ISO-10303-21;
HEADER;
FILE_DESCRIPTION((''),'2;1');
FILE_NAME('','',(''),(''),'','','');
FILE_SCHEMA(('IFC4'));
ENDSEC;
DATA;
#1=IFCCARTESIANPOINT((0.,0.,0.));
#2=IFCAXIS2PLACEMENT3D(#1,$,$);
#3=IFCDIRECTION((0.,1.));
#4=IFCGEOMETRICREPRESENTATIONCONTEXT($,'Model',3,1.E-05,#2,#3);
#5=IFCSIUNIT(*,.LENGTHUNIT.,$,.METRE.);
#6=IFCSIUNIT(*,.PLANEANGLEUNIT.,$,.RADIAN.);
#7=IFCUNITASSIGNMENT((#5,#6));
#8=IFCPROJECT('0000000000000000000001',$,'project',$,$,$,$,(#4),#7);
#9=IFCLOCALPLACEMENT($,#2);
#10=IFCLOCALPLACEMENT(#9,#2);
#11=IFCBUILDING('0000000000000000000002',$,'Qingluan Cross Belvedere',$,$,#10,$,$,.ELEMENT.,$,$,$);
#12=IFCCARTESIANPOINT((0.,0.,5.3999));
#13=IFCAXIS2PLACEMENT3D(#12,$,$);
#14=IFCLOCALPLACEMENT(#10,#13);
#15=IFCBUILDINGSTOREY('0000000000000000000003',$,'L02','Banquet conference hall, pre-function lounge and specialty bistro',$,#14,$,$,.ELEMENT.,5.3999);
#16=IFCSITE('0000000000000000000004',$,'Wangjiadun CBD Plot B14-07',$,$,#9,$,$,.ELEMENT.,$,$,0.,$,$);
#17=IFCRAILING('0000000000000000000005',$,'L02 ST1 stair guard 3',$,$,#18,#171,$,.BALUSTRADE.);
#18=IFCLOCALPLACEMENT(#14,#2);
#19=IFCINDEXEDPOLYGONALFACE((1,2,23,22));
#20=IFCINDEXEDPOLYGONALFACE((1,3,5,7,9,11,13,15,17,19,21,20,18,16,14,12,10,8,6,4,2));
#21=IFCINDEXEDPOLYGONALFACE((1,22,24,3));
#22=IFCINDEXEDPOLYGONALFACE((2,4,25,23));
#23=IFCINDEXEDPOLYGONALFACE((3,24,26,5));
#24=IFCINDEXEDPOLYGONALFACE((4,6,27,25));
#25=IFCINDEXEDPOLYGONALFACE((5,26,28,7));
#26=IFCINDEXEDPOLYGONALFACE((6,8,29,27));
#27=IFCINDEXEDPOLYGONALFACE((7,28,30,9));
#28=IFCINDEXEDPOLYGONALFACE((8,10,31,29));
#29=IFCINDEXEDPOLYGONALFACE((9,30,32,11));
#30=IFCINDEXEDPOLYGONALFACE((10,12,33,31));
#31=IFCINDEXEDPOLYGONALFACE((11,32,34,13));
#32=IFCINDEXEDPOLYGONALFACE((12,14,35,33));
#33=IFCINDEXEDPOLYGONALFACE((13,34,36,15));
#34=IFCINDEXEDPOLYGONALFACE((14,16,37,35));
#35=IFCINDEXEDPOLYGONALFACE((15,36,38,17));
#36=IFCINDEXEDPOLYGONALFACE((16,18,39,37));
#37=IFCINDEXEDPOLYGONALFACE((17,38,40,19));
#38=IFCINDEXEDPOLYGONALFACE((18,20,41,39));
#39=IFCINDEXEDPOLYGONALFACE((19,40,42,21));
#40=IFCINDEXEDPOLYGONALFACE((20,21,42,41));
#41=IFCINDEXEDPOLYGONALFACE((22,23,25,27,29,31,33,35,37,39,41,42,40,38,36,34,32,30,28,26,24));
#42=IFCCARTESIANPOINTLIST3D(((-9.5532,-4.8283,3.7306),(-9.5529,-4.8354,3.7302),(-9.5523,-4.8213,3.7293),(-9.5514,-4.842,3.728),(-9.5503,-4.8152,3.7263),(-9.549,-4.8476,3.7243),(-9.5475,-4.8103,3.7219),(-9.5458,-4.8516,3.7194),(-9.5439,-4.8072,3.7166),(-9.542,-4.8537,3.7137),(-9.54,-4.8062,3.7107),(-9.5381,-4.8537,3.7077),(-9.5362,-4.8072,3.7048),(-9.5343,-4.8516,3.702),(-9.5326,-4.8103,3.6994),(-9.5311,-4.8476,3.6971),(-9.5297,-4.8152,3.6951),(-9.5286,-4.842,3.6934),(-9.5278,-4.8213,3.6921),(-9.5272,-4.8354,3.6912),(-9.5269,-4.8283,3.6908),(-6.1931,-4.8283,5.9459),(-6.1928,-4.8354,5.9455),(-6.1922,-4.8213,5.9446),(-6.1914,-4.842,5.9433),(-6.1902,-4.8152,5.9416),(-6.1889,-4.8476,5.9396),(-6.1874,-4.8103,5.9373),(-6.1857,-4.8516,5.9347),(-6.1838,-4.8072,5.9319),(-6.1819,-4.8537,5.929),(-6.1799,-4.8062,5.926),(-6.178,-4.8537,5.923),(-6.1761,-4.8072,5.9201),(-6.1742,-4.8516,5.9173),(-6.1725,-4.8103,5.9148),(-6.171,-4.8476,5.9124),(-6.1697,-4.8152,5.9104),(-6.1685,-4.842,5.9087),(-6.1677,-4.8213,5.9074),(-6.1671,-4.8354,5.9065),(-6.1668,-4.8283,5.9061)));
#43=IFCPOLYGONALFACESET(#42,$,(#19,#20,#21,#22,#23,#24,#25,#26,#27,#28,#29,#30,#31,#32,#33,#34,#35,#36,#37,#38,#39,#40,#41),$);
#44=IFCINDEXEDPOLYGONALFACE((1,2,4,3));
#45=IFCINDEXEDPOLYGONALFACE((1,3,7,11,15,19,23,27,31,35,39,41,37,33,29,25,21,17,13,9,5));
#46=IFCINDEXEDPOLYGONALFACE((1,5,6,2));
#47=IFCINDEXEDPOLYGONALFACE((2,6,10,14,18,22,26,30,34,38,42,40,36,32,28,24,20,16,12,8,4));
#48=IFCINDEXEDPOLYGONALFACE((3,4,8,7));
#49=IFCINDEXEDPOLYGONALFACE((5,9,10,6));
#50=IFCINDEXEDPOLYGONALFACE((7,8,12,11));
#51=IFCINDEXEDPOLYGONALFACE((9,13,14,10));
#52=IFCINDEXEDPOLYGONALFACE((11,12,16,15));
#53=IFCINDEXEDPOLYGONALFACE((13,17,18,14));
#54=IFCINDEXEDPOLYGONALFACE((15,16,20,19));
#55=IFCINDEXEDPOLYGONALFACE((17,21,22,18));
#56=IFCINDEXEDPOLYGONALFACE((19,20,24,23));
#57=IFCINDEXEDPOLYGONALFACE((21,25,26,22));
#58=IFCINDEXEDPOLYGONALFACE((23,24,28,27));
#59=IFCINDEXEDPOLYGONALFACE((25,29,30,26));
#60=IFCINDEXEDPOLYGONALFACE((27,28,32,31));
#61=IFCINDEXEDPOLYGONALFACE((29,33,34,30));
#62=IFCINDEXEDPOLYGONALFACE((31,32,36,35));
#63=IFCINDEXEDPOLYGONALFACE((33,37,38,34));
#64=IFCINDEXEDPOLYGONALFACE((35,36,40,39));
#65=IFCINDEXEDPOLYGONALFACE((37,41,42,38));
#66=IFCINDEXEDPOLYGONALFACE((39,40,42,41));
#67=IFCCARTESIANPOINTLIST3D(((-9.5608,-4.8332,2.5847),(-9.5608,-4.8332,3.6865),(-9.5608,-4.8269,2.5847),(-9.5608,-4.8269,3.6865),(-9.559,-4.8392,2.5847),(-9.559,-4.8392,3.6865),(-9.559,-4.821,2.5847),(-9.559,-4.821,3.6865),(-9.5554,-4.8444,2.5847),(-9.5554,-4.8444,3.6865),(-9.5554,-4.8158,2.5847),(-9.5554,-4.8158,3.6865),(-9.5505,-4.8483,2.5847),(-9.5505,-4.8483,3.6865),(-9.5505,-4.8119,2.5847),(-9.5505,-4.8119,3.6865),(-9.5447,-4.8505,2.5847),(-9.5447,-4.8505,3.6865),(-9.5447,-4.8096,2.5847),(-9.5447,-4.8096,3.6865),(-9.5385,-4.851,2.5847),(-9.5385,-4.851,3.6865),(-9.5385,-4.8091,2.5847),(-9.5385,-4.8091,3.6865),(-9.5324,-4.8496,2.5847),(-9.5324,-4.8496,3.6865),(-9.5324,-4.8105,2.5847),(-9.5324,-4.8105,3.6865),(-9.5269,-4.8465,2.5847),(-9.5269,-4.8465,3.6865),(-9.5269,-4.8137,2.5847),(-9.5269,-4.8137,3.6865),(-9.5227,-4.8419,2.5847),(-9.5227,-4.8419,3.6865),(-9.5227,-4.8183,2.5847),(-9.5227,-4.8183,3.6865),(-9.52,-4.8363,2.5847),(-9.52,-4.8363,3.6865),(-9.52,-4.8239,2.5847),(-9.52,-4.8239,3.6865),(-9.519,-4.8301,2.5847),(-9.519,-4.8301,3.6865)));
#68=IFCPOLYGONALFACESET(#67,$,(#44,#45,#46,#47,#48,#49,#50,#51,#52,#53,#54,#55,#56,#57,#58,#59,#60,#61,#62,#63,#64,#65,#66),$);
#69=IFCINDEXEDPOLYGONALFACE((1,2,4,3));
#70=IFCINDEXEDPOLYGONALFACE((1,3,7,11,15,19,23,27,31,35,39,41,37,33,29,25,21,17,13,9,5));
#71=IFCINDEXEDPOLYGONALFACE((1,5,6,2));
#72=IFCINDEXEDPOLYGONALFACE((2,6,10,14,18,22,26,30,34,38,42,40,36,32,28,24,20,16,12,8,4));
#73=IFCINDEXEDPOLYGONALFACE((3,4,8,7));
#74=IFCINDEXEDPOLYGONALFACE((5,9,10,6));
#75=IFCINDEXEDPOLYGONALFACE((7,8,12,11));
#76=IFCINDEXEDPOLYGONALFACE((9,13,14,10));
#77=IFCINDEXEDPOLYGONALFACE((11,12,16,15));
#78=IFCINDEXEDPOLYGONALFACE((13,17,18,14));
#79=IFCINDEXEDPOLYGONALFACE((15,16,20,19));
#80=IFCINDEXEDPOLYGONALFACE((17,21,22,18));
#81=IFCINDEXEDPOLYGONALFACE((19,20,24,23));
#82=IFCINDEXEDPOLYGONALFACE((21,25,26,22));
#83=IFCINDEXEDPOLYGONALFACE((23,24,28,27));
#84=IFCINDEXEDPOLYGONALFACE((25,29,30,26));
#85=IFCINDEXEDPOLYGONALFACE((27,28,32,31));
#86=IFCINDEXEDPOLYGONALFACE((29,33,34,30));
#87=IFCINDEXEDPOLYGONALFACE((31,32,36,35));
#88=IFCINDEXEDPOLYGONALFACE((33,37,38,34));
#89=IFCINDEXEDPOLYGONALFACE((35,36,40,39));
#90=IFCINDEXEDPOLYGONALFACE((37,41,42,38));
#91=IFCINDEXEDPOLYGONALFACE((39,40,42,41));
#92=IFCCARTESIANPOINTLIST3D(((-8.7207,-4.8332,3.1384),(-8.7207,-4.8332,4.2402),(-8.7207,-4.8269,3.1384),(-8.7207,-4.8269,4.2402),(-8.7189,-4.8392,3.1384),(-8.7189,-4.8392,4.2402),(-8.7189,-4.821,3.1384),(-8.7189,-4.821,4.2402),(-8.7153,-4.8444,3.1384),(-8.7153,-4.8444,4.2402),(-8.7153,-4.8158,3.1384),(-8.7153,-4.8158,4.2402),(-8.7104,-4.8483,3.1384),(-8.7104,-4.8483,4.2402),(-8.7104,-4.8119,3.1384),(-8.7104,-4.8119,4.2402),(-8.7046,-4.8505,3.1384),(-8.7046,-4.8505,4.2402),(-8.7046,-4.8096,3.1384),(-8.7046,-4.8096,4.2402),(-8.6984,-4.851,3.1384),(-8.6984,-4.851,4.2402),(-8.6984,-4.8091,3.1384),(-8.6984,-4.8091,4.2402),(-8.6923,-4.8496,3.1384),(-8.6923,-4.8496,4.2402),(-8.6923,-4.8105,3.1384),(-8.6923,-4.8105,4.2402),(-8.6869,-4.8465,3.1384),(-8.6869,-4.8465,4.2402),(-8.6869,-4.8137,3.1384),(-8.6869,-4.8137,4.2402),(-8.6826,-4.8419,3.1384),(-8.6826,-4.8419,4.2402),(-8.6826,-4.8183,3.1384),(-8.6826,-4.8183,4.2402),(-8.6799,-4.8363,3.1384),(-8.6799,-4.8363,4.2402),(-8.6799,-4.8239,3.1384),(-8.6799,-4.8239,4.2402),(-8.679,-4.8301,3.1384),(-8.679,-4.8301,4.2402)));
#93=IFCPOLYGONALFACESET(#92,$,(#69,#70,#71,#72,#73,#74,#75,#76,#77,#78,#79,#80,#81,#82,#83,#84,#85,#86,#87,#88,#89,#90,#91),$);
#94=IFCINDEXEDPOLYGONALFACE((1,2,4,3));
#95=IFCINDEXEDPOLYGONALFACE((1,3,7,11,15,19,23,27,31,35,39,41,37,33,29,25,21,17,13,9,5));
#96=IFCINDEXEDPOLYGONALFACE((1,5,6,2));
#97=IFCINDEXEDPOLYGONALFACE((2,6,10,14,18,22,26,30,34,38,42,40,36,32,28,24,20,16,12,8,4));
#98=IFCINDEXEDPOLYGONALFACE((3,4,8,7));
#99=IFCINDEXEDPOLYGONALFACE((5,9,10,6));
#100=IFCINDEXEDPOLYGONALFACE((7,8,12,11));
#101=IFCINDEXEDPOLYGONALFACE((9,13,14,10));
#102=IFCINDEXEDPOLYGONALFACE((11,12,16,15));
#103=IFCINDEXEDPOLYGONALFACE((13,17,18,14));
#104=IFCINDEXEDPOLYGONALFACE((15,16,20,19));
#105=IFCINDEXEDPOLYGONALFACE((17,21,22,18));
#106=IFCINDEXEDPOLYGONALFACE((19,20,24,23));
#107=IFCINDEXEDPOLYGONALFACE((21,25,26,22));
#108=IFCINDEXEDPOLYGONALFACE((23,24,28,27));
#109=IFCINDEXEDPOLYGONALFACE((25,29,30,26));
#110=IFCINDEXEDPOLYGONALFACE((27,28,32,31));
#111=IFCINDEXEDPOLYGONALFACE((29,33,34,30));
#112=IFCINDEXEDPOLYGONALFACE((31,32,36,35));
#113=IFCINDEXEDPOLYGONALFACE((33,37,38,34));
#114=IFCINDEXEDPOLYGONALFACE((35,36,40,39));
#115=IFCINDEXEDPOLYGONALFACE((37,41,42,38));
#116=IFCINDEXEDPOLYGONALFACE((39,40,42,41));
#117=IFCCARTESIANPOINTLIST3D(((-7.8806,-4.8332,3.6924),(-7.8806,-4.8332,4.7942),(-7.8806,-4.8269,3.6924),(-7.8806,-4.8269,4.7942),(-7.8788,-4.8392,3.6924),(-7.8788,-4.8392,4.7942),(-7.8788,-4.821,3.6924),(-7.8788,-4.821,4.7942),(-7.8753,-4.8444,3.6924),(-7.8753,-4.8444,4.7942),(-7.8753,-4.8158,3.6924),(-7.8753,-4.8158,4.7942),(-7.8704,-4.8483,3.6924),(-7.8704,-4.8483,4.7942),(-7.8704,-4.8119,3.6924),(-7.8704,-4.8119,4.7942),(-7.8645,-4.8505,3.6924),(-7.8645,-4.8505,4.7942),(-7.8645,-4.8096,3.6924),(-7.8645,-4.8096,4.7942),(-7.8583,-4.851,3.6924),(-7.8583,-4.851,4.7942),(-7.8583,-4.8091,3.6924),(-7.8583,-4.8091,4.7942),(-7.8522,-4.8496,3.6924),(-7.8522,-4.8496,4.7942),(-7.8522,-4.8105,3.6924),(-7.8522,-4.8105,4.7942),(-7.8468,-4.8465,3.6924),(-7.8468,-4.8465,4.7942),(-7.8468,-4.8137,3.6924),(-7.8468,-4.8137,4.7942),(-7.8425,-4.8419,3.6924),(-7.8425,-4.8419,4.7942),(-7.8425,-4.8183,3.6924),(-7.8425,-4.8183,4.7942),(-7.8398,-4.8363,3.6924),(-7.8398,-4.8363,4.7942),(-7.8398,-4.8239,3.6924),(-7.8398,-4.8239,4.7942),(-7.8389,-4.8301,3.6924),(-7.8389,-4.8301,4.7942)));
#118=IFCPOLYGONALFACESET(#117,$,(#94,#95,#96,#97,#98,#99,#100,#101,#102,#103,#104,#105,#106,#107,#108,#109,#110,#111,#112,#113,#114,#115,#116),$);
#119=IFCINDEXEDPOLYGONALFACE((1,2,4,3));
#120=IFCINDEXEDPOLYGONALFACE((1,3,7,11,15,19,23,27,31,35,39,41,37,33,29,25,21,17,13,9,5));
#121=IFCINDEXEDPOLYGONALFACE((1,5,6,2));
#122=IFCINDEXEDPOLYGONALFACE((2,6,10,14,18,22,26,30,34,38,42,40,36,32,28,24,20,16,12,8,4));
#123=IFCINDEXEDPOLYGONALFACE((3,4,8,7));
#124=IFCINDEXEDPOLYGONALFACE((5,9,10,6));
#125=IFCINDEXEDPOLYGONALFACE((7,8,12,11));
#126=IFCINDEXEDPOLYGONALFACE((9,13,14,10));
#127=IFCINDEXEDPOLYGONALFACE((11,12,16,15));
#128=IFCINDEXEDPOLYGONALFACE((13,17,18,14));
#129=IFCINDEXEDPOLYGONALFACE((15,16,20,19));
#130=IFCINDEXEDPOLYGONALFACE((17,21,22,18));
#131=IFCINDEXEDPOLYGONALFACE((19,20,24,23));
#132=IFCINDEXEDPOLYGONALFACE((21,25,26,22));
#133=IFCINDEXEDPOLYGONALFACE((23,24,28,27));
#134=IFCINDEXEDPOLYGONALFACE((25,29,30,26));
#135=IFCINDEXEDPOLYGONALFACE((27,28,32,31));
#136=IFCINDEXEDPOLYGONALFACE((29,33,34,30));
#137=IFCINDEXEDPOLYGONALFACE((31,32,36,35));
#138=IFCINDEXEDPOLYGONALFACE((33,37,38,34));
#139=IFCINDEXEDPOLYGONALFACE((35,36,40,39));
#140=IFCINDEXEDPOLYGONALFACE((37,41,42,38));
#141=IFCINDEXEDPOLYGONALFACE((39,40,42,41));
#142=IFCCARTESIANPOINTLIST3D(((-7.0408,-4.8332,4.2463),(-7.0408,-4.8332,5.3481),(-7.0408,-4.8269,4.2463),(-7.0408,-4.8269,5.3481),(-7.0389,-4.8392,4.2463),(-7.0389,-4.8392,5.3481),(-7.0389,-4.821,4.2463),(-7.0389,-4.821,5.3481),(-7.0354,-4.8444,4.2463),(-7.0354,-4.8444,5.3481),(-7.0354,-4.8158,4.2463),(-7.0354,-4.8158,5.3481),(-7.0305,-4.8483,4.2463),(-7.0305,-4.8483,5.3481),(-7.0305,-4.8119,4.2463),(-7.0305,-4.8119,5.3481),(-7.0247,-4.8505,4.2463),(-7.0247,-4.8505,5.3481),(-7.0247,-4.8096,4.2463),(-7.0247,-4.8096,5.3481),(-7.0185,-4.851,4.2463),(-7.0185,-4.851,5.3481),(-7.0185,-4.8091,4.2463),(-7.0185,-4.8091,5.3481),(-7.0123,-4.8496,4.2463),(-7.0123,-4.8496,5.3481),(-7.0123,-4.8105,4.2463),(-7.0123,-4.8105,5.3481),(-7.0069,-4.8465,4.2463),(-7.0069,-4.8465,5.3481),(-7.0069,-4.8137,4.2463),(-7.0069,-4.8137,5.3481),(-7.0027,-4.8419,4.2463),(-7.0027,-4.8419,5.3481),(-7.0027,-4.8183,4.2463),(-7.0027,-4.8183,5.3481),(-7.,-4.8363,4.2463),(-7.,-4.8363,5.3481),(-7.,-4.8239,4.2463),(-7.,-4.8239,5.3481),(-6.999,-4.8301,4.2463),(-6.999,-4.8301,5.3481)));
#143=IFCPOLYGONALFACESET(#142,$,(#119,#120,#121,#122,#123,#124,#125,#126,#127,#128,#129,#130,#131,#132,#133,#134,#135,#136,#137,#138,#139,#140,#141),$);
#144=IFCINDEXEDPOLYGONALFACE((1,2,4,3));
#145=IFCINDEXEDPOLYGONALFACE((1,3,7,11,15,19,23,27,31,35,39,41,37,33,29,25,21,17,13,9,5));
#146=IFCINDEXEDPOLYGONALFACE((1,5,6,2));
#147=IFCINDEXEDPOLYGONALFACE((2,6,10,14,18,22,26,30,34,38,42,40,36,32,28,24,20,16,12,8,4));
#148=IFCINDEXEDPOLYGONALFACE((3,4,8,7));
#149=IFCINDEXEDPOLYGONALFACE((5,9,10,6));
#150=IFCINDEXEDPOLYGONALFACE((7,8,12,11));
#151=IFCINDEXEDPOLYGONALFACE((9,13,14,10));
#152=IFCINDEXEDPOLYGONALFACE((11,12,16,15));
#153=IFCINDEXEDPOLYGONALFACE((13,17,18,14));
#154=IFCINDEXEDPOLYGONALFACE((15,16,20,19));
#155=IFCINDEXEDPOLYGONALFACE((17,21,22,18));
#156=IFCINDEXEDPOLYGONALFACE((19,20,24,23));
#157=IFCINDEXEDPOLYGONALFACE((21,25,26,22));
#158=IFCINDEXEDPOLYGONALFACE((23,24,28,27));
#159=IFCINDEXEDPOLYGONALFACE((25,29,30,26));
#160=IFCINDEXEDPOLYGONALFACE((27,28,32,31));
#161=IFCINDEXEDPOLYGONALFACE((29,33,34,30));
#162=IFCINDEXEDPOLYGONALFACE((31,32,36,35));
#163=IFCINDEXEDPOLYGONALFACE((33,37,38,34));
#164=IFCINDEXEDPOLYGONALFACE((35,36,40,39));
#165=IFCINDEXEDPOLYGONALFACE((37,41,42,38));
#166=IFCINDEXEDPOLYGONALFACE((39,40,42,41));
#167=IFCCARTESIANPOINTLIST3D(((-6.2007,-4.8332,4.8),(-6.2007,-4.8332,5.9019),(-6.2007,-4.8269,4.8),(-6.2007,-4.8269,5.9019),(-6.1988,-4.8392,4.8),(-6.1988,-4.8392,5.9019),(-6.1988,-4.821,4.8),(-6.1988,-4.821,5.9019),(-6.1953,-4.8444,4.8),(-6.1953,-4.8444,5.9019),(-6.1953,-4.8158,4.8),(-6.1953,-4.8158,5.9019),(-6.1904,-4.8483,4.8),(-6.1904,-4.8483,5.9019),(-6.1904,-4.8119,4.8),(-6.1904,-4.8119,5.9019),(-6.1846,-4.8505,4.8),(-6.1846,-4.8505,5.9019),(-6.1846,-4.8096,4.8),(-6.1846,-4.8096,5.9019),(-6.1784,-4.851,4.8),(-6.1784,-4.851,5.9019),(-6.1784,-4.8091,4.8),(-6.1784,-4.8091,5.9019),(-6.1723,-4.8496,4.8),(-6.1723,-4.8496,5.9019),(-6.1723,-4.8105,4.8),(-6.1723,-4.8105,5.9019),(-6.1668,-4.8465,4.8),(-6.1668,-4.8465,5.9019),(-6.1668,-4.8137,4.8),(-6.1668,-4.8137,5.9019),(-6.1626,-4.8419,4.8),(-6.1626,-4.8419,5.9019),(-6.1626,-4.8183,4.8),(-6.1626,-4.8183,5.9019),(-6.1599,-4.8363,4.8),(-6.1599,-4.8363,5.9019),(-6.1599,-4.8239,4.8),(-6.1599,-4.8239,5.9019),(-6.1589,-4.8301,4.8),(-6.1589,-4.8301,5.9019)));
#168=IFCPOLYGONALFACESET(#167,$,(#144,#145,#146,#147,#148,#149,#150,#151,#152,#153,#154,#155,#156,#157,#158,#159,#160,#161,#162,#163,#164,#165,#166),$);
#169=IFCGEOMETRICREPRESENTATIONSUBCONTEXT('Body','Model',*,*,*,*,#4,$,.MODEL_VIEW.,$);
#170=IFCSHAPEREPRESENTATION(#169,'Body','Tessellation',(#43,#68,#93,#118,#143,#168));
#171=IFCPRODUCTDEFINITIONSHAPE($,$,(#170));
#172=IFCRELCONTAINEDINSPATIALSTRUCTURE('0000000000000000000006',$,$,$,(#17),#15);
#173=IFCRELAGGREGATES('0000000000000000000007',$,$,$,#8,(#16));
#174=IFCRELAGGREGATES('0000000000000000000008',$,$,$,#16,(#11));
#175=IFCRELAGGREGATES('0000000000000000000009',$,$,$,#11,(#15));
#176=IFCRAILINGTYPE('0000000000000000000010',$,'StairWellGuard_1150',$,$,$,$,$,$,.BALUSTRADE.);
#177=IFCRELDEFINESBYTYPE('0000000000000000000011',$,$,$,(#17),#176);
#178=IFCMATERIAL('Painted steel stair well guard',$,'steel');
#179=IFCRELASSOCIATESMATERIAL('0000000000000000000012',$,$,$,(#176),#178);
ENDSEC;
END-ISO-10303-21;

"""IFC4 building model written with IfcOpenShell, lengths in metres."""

from ifc_helpers import new_model, si_unit, direction, frame, origin, origin_2d, place, context, subcontext, project, spatial, circle, extrude, material, type_object, element, save


model = new_model("IFC4")

# Units and contexts
model_context = context("Model", 3, precision=1e-05, world=origin(), true_north=direction((0.0, 1.0)))
body_context = subcontext(model_context, "Body", "Model", "MODEL_VIEW")
ifc_project = project(units=[si_unit("LENGTHUNIT", "METRE"), si_unit("PLANEANGLEUNIT", "RADIAN")], contexts=[model_context])

# Site, building, storey
site_placement = place(None, origin())
site = spatial("IfcSite", under=ifc_project, at=site_placement, Name="Wangjiadun CBD Plot B14-07", CompositionType="ELEMENT", RefElevation=0.0)
building_placement = place(site_placement, origin())
building = spatial("IfcBuilding", under=site, at=building_placement, Name="Qingluan Cross Belvedere", CompositionType="ELEMENT")
storey_placement = place(building_placement, frame((0.0, 0.0, 5.3999)))
storey = spatial("IfcBuildingStorey", under=building, at=storey_placement, Name="L02", Description="Banquet conference hall, pre-function lounge and specialty bistro", CompositionType="ELEMENT", Elevation=5.3999)

# Railing
ifc_material_1 = material(Name="Painted steel stair well guard", Category="steel")
railing_type_1 = type_object("IfcRailingType", Name="StairWellGuard_1150", PredefinedType="BALUSTRADE", material=ifc_material_1)
railing_1_placement = place(storey_placement, frame((-9.54, -4.8301, 2.5847)))
element("IfcRailing", 1, at=railing_1_placement, inside=storey, type_object=railing_type_1, Name="L02 ST1 stair guard 3", PredefinedType="BALUSTRADE", context=body_context, shape_type="SweptSolid", body=[
    extrude(circle(Radius=0.0239, at=origin_2d()), frame((0.0, 0.0, 1.126), z_axis=(0.834876, 0.0, 0.550437), x_axis=(0.0, 1.0, 0.0)), (0.0, 0.0, 1.0), 4.0247),
    extrude(circle(Radius=0.021, at=origin_2d()), origin(), (0.0, 0.0, 1.0), 1.1018),
    extrude(circle(Radius=0.021, at=origin_2d()), frame((0.8401, 0.0, 0.5537)), (0.0, 0.0, 1.0), 1.1018),
    extrude(circle(Radius=0.021, at=origin_2d()), frame((1.6802, 0.0, 1.1077)), (0.0, 0.0, 1.0), 1.1018),
    extrude(circle(Radius=0.021, at=origin_2d()), frame((2.52, 0.0, 1.6616)), (0.0, 0.0, 1.0), 1.1018),
    extrude(circle(Radius=0.021, at=origin_2d()), frame((3.3601, 0.0, 2.2153)), (0.0, 0.0, 1.0), 1.1018),
])

save(model, "model.ifc")
